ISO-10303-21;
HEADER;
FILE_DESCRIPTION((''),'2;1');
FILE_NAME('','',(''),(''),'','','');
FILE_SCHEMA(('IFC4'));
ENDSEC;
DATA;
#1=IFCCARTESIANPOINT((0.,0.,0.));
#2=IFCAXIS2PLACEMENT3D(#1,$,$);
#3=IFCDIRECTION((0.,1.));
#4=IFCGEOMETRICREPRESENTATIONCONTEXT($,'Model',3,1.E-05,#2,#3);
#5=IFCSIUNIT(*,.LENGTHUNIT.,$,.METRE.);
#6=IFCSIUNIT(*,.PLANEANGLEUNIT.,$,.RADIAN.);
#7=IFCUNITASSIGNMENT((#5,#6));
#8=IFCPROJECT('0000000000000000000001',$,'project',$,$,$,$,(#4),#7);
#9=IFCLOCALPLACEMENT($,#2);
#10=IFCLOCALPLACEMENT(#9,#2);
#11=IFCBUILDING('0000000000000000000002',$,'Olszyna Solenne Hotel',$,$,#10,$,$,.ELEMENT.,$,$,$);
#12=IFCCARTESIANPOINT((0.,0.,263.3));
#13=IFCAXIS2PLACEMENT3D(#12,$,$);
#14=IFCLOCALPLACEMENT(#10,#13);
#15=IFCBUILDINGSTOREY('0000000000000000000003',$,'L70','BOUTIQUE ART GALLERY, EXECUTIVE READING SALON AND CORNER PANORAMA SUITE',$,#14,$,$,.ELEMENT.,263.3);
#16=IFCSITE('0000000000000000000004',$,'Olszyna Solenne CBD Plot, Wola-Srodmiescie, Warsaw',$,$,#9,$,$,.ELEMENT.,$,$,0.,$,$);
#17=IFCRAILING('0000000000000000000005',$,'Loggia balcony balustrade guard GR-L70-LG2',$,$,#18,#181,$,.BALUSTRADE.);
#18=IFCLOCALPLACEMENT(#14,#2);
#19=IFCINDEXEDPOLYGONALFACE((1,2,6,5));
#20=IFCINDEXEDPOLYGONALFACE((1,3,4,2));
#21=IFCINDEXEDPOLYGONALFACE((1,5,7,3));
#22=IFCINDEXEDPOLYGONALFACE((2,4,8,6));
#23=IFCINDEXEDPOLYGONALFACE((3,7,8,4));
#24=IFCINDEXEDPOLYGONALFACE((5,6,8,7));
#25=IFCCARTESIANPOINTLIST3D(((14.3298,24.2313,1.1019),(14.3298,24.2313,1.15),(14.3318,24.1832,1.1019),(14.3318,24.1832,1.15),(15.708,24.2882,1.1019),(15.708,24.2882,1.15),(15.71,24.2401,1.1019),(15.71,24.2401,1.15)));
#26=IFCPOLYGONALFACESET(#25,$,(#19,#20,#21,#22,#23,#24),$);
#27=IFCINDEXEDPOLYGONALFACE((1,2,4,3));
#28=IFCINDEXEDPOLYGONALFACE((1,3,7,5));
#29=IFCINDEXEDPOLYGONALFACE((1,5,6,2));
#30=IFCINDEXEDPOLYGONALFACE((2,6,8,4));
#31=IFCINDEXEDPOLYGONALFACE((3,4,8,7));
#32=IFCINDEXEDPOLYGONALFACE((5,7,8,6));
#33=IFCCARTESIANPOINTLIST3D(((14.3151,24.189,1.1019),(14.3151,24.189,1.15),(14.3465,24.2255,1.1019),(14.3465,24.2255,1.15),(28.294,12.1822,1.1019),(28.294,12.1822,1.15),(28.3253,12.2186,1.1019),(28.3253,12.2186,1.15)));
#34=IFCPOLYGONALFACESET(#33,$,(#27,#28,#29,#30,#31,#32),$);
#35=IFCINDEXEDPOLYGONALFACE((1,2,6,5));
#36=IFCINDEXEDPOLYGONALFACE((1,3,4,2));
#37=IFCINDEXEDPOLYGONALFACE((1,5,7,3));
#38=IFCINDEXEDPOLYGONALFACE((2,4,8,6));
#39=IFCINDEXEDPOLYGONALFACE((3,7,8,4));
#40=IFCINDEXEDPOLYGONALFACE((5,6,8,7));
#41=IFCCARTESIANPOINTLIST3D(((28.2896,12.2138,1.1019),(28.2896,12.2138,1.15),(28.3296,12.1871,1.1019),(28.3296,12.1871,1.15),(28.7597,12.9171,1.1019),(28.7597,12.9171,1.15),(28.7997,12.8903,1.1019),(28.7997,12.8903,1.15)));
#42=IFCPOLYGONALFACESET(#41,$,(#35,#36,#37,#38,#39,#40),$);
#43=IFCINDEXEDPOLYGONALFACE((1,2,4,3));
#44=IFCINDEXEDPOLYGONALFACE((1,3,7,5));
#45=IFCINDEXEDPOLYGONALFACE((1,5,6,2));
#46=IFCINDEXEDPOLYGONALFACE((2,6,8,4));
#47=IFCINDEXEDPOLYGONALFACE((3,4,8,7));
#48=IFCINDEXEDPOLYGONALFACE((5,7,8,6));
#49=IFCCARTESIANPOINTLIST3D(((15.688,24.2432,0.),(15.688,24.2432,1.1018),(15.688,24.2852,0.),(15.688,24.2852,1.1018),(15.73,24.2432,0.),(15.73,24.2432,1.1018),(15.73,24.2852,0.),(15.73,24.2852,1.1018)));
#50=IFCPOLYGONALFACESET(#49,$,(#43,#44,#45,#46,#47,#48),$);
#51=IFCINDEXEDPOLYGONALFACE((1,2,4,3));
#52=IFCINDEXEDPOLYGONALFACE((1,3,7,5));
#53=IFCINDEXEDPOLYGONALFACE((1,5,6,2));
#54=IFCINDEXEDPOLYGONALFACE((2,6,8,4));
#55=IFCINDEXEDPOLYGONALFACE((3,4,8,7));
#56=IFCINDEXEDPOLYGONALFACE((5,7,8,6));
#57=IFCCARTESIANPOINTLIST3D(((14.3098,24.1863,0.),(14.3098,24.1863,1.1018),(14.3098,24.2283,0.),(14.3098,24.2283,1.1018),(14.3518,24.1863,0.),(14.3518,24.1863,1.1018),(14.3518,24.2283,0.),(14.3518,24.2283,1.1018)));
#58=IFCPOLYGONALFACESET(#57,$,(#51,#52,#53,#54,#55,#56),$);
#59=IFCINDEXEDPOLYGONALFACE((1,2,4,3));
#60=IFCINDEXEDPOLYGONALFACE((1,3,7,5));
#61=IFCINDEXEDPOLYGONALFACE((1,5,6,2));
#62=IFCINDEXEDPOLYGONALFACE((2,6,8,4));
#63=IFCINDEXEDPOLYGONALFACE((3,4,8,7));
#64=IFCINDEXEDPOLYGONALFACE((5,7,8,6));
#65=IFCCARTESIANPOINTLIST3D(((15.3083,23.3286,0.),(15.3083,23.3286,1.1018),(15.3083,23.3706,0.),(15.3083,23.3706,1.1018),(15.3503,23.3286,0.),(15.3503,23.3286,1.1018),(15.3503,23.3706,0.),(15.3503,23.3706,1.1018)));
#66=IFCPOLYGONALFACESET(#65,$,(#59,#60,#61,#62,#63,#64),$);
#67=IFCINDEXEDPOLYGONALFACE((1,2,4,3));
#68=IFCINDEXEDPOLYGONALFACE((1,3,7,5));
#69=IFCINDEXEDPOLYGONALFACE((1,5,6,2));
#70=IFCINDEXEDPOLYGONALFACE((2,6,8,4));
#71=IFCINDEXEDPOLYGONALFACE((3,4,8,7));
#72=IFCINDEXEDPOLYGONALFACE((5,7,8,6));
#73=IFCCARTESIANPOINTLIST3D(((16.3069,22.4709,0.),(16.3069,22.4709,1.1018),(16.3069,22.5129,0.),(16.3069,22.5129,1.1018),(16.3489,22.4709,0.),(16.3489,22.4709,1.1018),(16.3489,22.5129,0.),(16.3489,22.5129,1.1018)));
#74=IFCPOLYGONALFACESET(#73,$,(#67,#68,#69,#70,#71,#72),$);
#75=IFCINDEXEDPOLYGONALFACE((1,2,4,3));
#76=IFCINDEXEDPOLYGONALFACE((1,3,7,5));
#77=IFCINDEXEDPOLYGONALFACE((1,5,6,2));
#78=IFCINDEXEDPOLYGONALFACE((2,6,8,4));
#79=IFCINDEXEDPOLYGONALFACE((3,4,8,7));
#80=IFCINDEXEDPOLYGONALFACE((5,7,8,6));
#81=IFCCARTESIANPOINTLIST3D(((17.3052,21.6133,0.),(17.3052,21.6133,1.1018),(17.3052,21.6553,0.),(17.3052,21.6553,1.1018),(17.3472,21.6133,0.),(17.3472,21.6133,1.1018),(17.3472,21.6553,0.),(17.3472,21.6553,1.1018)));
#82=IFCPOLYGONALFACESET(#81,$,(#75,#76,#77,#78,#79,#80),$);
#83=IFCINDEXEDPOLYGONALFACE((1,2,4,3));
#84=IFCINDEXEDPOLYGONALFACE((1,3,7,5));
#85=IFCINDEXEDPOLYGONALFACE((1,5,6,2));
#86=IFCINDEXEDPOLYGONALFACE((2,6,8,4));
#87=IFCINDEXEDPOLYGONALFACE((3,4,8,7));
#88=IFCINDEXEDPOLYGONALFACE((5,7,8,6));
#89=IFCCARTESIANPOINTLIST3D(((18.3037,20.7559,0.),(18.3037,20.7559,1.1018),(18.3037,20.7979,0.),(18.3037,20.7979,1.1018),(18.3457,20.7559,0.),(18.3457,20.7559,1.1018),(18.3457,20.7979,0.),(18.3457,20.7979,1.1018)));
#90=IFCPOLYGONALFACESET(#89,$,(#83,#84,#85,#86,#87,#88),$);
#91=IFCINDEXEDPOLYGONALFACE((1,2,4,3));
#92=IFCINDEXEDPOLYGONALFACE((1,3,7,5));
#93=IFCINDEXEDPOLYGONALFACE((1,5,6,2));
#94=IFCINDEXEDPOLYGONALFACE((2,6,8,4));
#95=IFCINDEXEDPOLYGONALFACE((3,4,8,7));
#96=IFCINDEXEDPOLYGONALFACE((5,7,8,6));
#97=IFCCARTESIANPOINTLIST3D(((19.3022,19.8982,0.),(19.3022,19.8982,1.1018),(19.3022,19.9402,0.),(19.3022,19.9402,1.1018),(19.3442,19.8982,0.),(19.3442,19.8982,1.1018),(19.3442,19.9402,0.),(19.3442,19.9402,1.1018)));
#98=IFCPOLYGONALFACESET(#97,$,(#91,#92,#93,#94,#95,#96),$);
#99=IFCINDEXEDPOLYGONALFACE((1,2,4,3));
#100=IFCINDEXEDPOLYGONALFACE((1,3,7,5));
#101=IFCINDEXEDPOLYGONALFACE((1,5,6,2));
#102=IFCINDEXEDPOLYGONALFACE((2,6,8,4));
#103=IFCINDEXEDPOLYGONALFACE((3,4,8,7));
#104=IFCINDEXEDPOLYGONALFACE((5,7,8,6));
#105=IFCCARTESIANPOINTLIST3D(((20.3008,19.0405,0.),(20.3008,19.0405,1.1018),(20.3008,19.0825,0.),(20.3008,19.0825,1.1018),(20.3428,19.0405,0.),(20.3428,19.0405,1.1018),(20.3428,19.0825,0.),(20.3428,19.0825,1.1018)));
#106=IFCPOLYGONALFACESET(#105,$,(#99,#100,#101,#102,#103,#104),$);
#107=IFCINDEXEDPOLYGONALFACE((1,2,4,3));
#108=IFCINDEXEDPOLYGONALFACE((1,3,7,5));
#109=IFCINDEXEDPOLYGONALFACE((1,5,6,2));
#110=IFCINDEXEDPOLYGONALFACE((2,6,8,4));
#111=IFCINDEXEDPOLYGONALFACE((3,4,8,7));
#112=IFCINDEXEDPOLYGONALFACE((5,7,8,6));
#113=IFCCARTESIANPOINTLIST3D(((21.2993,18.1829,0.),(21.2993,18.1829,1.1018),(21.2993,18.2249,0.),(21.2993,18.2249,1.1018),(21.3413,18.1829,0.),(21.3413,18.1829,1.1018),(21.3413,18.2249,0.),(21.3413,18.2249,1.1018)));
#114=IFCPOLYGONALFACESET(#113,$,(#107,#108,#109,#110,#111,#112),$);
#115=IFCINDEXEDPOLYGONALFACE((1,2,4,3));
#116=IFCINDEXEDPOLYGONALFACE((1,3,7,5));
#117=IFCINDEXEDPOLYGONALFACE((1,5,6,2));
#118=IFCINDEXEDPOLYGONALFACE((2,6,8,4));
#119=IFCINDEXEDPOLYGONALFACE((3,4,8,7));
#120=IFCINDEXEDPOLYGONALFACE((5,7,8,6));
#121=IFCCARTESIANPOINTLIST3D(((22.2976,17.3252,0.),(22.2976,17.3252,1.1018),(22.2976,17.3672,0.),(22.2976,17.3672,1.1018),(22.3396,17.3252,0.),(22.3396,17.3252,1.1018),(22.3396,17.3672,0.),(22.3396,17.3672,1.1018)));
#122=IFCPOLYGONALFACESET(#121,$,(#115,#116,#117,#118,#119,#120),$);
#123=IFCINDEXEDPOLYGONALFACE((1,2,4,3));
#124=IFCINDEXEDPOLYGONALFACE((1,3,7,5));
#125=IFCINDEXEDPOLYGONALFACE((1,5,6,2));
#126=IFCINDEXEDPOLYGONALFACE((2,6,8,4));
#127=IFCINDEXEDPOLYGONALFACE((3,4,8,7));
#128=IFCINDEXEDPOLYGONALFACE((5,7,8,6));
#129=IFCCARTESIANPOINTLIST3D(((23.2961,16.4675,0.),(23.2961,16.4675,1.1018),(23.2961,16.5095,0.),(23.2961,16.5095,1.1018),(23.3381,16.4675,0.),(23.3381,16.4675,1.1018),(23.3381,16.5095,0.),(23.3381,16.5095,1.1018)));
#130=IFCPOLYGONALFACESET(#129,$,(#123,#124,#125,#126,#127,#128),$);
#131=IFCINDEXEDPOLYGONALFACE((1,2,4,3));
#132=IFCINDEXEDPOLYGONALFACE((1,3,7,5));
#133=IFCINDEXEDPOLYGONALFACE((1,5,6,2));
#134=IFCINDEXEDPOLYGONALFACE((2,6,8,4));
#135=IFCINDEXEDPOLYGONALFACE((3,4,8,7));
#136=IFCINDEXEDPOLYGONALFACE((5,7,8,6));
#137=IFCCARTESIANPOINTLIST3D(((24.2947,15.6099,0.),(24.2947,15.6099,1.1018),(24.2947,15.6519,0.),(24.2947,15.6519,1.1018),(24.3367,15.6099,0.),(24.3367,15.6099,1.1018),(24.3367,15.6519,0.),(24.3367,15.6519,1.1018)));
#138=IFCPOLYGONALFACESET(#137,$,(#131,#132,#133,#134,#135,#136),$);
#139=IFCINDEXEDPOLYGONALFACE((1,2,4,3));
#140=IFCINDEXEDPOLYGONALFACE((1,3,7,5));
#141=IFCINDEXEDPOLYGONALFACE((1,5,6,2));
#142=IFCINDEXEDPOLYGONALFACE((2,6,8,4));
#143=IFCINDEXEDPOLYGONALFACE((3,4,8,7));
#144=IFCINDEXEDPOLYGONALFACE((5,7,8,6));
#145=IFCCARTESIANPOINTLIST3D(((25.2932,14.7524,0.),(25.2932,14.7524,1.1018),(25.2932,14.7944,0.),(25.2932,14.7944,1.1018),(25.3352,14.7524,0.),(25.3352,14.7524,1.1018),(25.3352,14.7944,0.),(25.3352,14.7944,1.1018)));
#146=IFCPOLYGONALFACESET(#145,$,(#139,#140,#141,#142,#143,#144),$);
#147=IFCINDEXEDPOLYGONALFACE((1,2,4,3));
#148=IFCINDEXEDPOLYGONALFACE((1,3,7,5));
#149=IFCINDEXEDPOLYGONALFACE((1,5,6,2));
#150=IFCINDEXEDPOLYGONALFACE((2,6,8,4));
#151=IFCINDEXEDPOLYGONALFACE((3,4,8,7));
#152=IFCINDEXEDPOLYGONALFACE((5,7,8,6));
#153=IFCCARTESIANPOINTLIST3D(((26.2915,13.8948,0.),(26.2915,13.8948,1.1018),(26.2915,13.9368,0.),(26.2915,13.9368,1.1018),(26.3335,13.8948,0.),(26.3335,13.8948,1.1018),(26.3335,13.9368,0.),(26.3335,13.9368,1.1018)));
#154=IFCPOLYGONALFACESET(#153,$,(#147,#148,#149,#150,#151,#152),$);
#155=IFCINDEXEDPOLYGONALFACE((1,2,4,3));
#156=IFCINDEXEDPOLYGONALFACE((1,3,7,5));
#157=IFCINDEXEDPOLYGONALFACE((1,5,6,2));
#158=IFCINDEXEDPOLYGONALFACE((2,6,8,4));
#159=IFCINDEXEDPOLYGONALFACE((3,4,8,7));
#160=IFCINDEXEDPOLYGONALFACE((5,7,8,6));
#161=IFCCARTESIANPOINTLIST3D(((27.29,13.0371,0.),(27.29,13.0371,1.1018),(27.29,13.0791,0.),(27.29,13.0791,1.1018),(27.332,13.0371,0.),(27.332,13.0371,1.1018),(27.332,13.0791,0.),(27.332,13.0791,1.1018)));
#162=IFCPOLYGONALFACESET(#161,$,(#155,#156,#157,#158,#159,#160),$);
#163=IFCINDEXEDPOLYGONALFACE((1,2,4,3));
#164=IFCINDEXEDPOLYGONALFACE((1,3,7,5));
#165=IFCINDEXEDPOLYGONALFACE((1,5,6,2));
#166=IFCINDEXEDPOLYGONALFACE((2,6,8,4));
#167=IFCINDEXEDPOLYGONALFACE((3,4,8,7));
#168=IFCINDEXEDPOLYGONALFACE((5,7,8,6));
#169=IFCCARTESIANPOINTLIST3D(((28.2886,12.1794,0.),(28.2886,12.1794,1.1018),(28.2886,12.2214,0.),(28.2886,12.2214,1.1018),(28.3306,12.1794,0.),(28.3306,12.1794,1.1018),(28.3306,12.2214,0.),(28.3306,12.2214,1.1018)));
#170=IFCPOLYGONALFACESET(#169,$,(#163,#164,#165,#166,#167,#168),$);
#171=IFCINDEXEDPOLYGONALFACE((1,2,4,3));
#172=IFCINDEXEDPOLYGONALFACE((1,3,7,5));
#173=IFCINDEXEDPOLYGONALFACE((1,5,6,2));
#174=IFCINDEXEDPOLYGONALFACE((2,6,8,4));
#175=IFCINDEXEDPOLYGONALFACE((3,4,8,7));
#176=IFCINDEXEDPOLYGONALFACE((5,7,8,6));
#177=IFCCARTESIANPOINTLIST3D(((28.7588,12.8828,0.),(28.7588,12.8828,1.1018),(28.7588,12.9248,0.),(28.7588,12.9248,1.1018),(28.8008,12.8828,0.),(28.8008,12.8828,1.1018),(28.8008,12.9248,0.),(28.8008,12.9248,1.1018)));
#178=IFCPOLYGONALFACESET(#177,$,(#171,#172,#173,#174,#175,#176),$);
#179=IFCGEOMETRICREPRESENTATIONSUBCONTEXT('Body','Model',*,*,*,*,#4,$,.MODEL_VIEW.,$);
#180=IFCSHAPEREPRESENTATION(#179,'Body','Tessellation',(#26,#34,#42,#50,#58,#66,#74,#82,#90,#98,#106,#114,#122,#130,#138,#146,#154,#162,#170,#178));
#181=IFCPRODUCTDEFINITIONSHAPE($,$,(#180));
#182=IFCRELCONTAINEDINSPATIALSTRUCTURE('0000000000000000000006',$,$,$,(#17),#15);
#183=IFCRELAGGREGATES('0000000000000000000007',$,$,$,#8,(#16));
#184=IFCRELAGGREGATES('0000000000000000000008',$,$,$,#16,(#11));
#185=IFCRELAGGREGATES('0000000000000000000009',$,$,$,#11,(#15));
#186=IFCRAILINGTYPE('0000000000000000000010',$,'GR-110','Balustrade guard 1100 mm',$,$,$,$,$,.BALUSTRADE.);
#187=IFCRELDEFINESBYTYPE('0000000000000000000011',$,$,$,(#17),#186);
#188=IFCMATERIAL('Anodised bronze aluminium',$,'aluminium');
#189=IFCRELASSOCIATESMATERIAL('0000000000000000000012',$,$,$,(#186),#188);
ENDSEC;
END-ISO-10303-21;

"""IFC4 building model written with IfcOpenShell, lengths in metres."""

from ifc_helpers import new_model, si_unit, direction, frame, origin, origin_2d, place, context, subcontext, project, spatial, rectangle, extrude, material, type_object, element, save


model = new_model("IFC4")

# Units and contexts
model_context = context("Model", 3, precision=1e-05, world=origin(), true_north=direction((0.0, 1.0)))
body_context = subcontext(model_context, "Body", "Model", "MODEL_VIEW")
ifc_project = project(units=[si_unit("LENGTHUNIT", "METRE"), si_unit("PLANEANGLEUNIT", "RADIAN")], contexts=[model_context])

# Site, building, storey
site_placement = place(None, origin())
site = spatial("IfcSite", under=ifc_project, at=site_placement, Name="Olszyna Solenne CBD Plot, Wola-Srodmiescie, Warsaw", CompositionType="ELEMENT", RefElevation=0.0)
building_placement = place(site_placement, origin())
building = spatial("IfcBuilding", under=site, at=building_placement, Name="Olszyna Solenne Hotel", CompositionType="ELEMENT")
storey_placement = place(building_placement, frame((0.0, 0.0, 263.3)))
storey = spatial("IfcBuildingStorey", under=building, at=storey_placement, Name="L70", Description="BOUTIQUE ART GALLERY, EXECUTIVE READING SALON AND CORNER PANORAMA SUITE", CompositionType="ELEMENT", Elevation=263.3)

# Railing
ifc_material_1 = material(Name="Anodised bronze aluminium", Category="aluminium")
railing_type = type_object("IfcRailingType", Name="GR-110", Description="Balustrade guard 1100 mm", PredefinedType="BALUSTRADE", material=ifc_material_1)
railing_placement = place(storey_placement, frame((15.709, 24.2642, 0.0)))
element("IfcRailing", 1, at=railing_placement, inside=storey, type_object=railing_type, Name="Loggia balcony balustrade guard GR-L70-LG2", PredefinedType="BALUSTRADE", context=body_context, shape_type="SweptSolid", body=[
    extrude(rectangle(XDim=0.0481, YDim=0.0481, at=origin_2d()), frame((0.0, 0.0, 1.126), z_axis=(-0.999149, -0.04124, 0.0), x_axis=(0.04124, -0.999149, 0.0)), (0.0, 0.0, 1.0), 1.3794),
    extrude(rectangle(XDim=0.0481, YDim=0.0481, at=origin_2d()), frame((-1.3782, -0.0569, 1.126), z_axis=(0.758585, -0.651574, 0.0), x_axis=(0.651574, 0.758585, 0.0)), (0.0, 0.0, 1.0), 18.4275),
    extrude(rectangle(XDim=0.0481, YDim=0.0481, at=origin_2d()), frame((12.6006, -12.0637, 1.126), z_axis=(0.555765, 0.831339, 0.0), x_axis=(-0.831339, 0.555765, 0.0)), (0.0, 0.0, 1.0), 0.8459),
    extrude(rectangle(XDim=0.042, YDim=0.042, at=origin_2d()), origin(), (0.0, 0.0, 1.0), 1.1018),
    extrude(rectangle(XDim=0.042, YDim=0.042, at=origin_2d()), frame((-1.3782, -0.0569, 0.0)), (0.0, 0.0, 1.0), 1.1018),
    extrude(rectangle(XDim=0.042, YDim=0.042, at=origin_2d()), frame((-0.3796, -0.9146, 0.0)), (0.0, 0.0, 1.0), 1.1018),
    extrude(rectangle(XDim=0.042, YDim=0.042, at=origin_2d()), frame((0.6189, -1.7722, 0.0)), (0.0, 0.0, 1.0), 1.1018),
    extrude(rectangle(XDim=0.042, YDim=0.042, at=origin_2d()), frame((1.6172, -2.6299, 0.0)), (0.0, 0.0, 1.0), 1.1018),
    extrude(rectangle(XDim=0.042, YDim=0.042, at=origin_2d()), frame((2.6157, -3.4873, 0.0)), (0.0, 0.0, 1.0), 1.1018),
    extrude(rectangle(XDim=0.042, YDim=0.042, at=origin_2d()), frame((3.6143, -4.345, 0.0)), (0.0, 0.0, 1.0), 1.1018),
    extrude(rectangle(XDim=0.042, YDim=0.042, at=origin_2d()), frame((4.6128, -5.2026, 0.0)), (0.0, 0.0, 1.0), 1.1018),
    extrude(rectangle(XDim=0.042, YDim=0.042, at=origin_2d()), frame((5.6113, -6.0603, 0.0)), (0.0, 0.0, 1.0), 1.1018),
    extrude(rectangle(XDim=0.042, YDim=0.042, at=origin_2d()), frame((6.6096, -6.918, 0.0)), (0.0, 0.0, 1.0), 1.1018),
    extrude(rectangle(XDim=0.042, YDim=0.042, at=origin_2d()), frame((7.6082, -7.7756, 0.0)), (0.0, 0.0, 1.0), 1.1018),
    extrude(rectangle(XDim=0.042, YDim=0.042, at=origin_2d()), frame((8.6067, -8.6333, 0.0)), (0.0, 0.0, 1.0), 1.1018),
    extrude(rectangle(XDim=0.042, YDim=0.042, at=origin_2d()), frame((9.6052, -9.4907, 0.0)), (0.0, 0.0, 1.0), 1.1018),
    extrude(rectangle(XDim=0.042, YDim=0.042, at=origin_2d()), frame((10.6035, -10.3484, 0.0)), (0.0, 0.0, 1.0), 1.1018),
    extrude(rectangle(XDim=0.042, YDim=0.042, at=origin_2d()), frame((11.6021, -11.2061, 0.0)), (0.0, 0.0, 1.0), 1.1018),
    extrude(rectangle(XDim=0.042, YDim=0.042, at=origin_2d()), frame((12.6006, -12.0637, 0.0)), (0.0, 0.0, 1.0), 1.1018),
    extrude(rectangle(XDim=0.042, YDim=0.042, at=origin_2d()), frame((13.0708, -11.3604, 0.0)), (0.0, 0.0, 1.0), 1.1018),
])

save(model, "model.ifc")
